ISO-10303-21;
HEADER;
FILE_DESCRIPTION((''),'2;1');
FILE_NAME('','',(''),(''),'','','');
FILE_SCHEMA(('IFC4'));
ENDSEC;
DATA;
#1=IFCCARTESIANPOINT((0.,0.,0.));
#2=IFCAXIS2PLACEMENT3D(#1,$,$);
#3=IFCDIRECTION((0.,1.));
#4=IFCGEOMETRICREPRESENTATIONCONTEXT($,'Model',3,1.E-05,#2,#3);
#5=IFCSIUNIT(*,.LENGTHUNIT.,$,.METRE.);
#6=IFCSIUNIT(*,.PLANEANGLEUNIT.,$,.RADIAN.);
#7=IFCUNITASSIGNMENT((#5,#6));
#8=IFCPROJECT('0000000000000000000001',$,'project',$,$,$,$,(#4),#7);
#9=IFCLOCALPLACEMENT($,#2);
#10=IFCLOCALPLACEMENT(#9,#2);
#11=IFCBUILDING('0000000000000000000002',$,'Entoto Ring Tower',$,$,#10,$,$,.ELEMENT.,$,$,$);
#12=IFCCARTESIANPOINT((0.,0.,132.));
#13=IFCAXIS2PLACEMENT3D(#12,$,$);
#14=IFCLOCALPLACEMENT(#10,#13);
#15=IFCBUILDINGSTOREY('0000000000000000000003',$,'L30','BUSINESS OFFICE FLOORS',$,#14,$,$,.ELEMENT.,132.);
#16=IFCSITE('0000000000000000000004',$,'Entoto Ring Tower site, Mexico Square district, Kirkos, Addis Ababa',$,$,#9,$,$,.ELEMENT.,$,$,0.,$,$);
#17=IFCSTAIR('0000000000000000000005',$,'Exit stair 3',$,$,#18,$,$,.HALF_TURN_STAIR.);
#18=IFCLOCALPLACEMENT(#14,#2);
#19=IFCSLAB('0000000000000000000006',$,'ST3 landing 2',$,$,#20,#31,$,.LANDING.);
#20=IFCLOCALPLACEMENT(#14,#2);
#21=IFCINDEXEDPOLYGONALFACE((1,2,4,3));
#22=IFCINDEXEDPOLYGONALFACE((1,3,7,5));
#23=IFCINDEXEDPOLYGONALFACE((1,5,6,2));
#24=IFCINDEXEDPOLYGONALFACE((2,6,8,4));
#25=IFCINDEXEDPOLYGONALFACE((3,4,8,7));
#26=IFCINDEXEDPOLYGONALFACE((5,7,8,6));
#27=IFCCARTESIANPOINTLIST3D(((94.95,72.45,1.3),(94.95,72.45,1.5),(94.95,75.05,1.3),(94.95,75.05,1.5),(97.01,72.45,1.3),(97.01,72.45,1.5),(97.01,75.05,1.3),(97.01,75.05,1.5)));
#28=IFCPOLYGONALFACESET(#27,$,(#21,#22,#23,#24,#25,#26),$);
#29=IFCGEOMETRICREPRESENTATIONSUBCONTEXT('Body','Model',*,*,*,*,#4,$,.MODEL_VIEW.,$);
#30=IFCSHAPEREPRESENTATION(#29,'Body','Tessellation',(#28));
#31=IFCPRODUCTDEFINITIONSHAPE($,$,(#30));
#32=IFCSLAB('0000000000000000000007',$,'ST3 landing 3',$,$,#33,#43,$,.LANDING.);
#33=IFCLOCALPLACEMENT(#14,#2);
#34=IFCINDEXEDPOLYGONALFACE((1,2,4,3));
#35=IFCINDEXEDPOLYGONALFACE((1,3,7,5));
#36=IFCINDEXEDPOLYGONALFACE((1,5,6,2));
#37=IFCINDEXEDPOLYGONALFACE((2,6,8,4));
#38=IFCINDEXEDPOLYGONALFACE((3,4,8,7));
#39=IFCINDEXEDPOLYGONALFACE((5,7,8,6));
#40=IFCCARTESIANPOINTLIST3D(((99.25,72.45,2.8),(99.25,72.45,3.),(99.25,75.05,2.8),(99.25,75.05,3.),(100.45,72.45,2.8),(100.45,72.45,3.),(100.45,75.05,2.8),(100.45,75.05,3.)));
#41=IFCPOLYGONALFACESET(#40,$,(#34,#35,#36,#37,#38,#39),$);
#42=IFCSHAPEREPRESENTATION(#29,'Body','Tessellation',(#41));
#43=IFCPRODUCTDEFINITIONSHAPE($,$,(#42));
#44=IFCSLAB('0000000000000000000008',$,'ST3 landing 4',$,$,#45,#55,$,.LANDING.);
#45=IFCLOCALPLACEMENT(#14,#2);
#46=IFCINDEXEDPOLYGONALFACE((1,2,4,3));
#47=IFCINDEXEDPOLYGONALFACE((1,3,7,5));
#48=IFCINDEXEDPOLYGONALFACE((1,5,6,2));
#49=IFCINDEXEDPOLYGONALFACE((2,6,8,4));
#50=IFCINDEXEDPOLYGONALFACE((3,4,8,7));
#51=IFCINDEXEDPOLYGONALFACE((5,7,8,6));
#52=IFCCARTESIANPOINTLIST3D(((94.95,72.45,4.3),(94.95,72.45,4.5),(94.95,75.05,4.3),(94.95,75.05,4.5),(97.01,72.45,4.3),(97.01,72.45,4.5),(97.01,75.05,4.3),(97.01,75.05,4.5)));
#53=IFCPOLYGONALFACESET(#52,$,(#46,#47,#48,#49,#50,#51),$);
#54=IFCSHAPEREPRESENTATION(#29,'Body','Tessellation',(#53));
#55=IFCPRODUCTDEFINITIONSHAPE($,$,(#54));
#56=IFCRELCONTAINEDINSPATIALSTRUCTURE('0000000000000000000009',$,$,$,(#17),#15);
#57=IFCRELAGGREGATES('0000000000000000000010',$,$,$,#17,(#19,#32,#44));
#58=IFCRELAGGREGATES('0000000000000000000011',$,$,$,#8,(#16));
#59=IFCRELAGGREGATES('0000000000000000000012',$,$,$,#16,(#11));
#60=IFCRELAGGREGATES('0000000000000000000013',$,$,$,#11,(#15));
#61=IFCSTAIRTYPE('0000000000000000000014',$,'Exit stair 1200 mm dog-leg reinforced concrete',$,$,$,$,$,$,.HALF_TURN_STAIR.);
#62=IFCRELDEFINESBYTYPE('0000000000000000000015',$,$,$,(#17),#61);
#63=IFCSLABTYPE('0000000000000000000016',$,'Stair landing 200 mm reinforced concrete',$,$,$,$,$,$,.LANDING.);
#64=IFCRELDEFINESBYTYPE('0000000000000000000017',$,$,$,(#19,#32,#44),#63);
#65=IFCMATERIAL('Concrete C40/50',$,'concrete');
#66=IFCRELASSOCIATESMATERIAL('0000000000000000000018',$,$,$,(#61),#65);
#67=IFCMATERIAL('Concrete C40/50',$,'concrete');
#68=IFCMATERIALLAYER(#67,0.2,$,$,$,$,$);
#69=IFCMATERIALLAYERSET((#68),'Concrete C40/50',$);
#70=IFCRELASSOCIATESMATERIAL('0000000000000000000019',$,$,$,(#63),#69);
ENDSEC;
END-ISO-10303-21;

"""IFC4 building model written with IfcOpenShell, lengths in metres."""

from ifc_helpers import new_model, si_unit, direction, frame, origin, place, context, subcontext, project, spatial, polyline, outline, extrude, material, layer, layer_set, type_object, element, aggregate, save


model = new_model("IFC4")

# Units and contexts
model_context = context("Model", 3, precision=1e-05, world=origin(), true_north=direction((0.0, 1.0)))
body_context = subcontext(model_context, "Body", "Model", "MODEL_VIEW")
ifc_project = project(units=[si_unit("LENGTHUNIT", "METRE"), si_unit("PLANEANGLEUNIT", "RADIAN")], contexts=[model_context])

# Site, building, storey
site_placement = place(None, origin())
site = spatial("IfcSite", under=ifc_project, at=site_placement, Name="Entoto Ring Tower site, Mexico Square district, Kirkos, Addis Ababa", CompositionType="ELEMENT", RefElevation=0.0)
building_placement = place(site_placement, origin())
building = spatial("IfcBuilding", under=site, at=building_placement, Name="Entoto Ring Tower", CompositionType="ELEMENT")
storey_placement = place(building_placement, frame((0.0, 0.0, 132.0)))
storey = spatial("IfcBuildingStorey", under=building, at=storey_placement, Name="L30", Description="BUSINESS OFFICE FLOORS", CompositionType="ELEMENT", Elevation=132.0)

# Stair, slabs
ifc_material_1 = material(Name="Concrete C40/50", Category="concrete")
stair_type = type_object("IfcStairType", Name="Exit stair 1200 mm dog-leg reinforced concrete", PredefinedType="HALF_TURN_STAIR", material=ifc_material_1)
ifc_material_2 = material(Name="Concrete C40/50", Category="concrete")
ifc_layer_1 = layer(ifc_material_2, 0.2)
ifc_layer_set_1 = layer_set([ifc_layer_1], Name="Concrete C40/50")
slab_type_1 = type_object("IfcSlabType", Name="Stair landing 200 mm reinforced concrete", PredefinedType="LANDING", material=ifc_layer_set_1)
stair_1_placement = place(storey_placement, origin())
stair_1 = element("IfcStair", 1, at=stair_1_placement, inside=storey, type_object=stair_type, Name="Exit stair 3", PredefinedType="HALF_TURN_STAIR")
slab_1_placement = place(storey_placement, frame((0.0, 0.0, 1.3)))
slab_1 = element("IfcSlab", 2, at=slab_1_placement, type_object=slab_type_1, Name="ST3 landing 2", PredefinedType="LANDING", context=body_context, shape_type="SweptSolid", body=[
    extrude(outline(polyline([(94.95, 72.45), (97.01, 72.45), (97.01, 75.05), (94.95, 75.05), (94.95, 72.45)])), origin(), (0.0, 0.0, 1.0), 0.2),
])
slab_2_placement = place(storey_placement, frame((0.0, 0.0, 2.8)))
slab_2 = element("IfcSlab", 3, at=slab_2_placement, type_object=slab_type_1, Name="ST3 landing 3", PredefinedType="LANDING", context=body_context, shape_type="SweptSolid", body=[
    extrude(outline(polyline([(99.25, 72.45), (100.45, 72.45), (100.45, 75.05), (99.25, 75.05), (99.25, 72.45)])), origin(), (0.0, 0.0, 1.0), 0.2),
])
slab_3_placement = place(storey_placement, frame((0.0, 0.0, 4.3)))
slab_3 = element("IfcSlab", 4, at=slab_3_placement, type_object=slab_type_1, Name="ST3 landing 4", PredefinedType="LANDING", context=body_context, shape_type="SweptSolid", body=[
    extrude(outline(polyline([(94.95, 72.45), (97.01, 72.45), (97.01, 75.05), (94.95, 75.05), (94.95, 72.45)])), origin(), (0.0, 0.0, 1.0), 0.2),
])
aggregate(stair_1, [slab_1, slab_2, slab_3])

save(model, "model.ifc")
